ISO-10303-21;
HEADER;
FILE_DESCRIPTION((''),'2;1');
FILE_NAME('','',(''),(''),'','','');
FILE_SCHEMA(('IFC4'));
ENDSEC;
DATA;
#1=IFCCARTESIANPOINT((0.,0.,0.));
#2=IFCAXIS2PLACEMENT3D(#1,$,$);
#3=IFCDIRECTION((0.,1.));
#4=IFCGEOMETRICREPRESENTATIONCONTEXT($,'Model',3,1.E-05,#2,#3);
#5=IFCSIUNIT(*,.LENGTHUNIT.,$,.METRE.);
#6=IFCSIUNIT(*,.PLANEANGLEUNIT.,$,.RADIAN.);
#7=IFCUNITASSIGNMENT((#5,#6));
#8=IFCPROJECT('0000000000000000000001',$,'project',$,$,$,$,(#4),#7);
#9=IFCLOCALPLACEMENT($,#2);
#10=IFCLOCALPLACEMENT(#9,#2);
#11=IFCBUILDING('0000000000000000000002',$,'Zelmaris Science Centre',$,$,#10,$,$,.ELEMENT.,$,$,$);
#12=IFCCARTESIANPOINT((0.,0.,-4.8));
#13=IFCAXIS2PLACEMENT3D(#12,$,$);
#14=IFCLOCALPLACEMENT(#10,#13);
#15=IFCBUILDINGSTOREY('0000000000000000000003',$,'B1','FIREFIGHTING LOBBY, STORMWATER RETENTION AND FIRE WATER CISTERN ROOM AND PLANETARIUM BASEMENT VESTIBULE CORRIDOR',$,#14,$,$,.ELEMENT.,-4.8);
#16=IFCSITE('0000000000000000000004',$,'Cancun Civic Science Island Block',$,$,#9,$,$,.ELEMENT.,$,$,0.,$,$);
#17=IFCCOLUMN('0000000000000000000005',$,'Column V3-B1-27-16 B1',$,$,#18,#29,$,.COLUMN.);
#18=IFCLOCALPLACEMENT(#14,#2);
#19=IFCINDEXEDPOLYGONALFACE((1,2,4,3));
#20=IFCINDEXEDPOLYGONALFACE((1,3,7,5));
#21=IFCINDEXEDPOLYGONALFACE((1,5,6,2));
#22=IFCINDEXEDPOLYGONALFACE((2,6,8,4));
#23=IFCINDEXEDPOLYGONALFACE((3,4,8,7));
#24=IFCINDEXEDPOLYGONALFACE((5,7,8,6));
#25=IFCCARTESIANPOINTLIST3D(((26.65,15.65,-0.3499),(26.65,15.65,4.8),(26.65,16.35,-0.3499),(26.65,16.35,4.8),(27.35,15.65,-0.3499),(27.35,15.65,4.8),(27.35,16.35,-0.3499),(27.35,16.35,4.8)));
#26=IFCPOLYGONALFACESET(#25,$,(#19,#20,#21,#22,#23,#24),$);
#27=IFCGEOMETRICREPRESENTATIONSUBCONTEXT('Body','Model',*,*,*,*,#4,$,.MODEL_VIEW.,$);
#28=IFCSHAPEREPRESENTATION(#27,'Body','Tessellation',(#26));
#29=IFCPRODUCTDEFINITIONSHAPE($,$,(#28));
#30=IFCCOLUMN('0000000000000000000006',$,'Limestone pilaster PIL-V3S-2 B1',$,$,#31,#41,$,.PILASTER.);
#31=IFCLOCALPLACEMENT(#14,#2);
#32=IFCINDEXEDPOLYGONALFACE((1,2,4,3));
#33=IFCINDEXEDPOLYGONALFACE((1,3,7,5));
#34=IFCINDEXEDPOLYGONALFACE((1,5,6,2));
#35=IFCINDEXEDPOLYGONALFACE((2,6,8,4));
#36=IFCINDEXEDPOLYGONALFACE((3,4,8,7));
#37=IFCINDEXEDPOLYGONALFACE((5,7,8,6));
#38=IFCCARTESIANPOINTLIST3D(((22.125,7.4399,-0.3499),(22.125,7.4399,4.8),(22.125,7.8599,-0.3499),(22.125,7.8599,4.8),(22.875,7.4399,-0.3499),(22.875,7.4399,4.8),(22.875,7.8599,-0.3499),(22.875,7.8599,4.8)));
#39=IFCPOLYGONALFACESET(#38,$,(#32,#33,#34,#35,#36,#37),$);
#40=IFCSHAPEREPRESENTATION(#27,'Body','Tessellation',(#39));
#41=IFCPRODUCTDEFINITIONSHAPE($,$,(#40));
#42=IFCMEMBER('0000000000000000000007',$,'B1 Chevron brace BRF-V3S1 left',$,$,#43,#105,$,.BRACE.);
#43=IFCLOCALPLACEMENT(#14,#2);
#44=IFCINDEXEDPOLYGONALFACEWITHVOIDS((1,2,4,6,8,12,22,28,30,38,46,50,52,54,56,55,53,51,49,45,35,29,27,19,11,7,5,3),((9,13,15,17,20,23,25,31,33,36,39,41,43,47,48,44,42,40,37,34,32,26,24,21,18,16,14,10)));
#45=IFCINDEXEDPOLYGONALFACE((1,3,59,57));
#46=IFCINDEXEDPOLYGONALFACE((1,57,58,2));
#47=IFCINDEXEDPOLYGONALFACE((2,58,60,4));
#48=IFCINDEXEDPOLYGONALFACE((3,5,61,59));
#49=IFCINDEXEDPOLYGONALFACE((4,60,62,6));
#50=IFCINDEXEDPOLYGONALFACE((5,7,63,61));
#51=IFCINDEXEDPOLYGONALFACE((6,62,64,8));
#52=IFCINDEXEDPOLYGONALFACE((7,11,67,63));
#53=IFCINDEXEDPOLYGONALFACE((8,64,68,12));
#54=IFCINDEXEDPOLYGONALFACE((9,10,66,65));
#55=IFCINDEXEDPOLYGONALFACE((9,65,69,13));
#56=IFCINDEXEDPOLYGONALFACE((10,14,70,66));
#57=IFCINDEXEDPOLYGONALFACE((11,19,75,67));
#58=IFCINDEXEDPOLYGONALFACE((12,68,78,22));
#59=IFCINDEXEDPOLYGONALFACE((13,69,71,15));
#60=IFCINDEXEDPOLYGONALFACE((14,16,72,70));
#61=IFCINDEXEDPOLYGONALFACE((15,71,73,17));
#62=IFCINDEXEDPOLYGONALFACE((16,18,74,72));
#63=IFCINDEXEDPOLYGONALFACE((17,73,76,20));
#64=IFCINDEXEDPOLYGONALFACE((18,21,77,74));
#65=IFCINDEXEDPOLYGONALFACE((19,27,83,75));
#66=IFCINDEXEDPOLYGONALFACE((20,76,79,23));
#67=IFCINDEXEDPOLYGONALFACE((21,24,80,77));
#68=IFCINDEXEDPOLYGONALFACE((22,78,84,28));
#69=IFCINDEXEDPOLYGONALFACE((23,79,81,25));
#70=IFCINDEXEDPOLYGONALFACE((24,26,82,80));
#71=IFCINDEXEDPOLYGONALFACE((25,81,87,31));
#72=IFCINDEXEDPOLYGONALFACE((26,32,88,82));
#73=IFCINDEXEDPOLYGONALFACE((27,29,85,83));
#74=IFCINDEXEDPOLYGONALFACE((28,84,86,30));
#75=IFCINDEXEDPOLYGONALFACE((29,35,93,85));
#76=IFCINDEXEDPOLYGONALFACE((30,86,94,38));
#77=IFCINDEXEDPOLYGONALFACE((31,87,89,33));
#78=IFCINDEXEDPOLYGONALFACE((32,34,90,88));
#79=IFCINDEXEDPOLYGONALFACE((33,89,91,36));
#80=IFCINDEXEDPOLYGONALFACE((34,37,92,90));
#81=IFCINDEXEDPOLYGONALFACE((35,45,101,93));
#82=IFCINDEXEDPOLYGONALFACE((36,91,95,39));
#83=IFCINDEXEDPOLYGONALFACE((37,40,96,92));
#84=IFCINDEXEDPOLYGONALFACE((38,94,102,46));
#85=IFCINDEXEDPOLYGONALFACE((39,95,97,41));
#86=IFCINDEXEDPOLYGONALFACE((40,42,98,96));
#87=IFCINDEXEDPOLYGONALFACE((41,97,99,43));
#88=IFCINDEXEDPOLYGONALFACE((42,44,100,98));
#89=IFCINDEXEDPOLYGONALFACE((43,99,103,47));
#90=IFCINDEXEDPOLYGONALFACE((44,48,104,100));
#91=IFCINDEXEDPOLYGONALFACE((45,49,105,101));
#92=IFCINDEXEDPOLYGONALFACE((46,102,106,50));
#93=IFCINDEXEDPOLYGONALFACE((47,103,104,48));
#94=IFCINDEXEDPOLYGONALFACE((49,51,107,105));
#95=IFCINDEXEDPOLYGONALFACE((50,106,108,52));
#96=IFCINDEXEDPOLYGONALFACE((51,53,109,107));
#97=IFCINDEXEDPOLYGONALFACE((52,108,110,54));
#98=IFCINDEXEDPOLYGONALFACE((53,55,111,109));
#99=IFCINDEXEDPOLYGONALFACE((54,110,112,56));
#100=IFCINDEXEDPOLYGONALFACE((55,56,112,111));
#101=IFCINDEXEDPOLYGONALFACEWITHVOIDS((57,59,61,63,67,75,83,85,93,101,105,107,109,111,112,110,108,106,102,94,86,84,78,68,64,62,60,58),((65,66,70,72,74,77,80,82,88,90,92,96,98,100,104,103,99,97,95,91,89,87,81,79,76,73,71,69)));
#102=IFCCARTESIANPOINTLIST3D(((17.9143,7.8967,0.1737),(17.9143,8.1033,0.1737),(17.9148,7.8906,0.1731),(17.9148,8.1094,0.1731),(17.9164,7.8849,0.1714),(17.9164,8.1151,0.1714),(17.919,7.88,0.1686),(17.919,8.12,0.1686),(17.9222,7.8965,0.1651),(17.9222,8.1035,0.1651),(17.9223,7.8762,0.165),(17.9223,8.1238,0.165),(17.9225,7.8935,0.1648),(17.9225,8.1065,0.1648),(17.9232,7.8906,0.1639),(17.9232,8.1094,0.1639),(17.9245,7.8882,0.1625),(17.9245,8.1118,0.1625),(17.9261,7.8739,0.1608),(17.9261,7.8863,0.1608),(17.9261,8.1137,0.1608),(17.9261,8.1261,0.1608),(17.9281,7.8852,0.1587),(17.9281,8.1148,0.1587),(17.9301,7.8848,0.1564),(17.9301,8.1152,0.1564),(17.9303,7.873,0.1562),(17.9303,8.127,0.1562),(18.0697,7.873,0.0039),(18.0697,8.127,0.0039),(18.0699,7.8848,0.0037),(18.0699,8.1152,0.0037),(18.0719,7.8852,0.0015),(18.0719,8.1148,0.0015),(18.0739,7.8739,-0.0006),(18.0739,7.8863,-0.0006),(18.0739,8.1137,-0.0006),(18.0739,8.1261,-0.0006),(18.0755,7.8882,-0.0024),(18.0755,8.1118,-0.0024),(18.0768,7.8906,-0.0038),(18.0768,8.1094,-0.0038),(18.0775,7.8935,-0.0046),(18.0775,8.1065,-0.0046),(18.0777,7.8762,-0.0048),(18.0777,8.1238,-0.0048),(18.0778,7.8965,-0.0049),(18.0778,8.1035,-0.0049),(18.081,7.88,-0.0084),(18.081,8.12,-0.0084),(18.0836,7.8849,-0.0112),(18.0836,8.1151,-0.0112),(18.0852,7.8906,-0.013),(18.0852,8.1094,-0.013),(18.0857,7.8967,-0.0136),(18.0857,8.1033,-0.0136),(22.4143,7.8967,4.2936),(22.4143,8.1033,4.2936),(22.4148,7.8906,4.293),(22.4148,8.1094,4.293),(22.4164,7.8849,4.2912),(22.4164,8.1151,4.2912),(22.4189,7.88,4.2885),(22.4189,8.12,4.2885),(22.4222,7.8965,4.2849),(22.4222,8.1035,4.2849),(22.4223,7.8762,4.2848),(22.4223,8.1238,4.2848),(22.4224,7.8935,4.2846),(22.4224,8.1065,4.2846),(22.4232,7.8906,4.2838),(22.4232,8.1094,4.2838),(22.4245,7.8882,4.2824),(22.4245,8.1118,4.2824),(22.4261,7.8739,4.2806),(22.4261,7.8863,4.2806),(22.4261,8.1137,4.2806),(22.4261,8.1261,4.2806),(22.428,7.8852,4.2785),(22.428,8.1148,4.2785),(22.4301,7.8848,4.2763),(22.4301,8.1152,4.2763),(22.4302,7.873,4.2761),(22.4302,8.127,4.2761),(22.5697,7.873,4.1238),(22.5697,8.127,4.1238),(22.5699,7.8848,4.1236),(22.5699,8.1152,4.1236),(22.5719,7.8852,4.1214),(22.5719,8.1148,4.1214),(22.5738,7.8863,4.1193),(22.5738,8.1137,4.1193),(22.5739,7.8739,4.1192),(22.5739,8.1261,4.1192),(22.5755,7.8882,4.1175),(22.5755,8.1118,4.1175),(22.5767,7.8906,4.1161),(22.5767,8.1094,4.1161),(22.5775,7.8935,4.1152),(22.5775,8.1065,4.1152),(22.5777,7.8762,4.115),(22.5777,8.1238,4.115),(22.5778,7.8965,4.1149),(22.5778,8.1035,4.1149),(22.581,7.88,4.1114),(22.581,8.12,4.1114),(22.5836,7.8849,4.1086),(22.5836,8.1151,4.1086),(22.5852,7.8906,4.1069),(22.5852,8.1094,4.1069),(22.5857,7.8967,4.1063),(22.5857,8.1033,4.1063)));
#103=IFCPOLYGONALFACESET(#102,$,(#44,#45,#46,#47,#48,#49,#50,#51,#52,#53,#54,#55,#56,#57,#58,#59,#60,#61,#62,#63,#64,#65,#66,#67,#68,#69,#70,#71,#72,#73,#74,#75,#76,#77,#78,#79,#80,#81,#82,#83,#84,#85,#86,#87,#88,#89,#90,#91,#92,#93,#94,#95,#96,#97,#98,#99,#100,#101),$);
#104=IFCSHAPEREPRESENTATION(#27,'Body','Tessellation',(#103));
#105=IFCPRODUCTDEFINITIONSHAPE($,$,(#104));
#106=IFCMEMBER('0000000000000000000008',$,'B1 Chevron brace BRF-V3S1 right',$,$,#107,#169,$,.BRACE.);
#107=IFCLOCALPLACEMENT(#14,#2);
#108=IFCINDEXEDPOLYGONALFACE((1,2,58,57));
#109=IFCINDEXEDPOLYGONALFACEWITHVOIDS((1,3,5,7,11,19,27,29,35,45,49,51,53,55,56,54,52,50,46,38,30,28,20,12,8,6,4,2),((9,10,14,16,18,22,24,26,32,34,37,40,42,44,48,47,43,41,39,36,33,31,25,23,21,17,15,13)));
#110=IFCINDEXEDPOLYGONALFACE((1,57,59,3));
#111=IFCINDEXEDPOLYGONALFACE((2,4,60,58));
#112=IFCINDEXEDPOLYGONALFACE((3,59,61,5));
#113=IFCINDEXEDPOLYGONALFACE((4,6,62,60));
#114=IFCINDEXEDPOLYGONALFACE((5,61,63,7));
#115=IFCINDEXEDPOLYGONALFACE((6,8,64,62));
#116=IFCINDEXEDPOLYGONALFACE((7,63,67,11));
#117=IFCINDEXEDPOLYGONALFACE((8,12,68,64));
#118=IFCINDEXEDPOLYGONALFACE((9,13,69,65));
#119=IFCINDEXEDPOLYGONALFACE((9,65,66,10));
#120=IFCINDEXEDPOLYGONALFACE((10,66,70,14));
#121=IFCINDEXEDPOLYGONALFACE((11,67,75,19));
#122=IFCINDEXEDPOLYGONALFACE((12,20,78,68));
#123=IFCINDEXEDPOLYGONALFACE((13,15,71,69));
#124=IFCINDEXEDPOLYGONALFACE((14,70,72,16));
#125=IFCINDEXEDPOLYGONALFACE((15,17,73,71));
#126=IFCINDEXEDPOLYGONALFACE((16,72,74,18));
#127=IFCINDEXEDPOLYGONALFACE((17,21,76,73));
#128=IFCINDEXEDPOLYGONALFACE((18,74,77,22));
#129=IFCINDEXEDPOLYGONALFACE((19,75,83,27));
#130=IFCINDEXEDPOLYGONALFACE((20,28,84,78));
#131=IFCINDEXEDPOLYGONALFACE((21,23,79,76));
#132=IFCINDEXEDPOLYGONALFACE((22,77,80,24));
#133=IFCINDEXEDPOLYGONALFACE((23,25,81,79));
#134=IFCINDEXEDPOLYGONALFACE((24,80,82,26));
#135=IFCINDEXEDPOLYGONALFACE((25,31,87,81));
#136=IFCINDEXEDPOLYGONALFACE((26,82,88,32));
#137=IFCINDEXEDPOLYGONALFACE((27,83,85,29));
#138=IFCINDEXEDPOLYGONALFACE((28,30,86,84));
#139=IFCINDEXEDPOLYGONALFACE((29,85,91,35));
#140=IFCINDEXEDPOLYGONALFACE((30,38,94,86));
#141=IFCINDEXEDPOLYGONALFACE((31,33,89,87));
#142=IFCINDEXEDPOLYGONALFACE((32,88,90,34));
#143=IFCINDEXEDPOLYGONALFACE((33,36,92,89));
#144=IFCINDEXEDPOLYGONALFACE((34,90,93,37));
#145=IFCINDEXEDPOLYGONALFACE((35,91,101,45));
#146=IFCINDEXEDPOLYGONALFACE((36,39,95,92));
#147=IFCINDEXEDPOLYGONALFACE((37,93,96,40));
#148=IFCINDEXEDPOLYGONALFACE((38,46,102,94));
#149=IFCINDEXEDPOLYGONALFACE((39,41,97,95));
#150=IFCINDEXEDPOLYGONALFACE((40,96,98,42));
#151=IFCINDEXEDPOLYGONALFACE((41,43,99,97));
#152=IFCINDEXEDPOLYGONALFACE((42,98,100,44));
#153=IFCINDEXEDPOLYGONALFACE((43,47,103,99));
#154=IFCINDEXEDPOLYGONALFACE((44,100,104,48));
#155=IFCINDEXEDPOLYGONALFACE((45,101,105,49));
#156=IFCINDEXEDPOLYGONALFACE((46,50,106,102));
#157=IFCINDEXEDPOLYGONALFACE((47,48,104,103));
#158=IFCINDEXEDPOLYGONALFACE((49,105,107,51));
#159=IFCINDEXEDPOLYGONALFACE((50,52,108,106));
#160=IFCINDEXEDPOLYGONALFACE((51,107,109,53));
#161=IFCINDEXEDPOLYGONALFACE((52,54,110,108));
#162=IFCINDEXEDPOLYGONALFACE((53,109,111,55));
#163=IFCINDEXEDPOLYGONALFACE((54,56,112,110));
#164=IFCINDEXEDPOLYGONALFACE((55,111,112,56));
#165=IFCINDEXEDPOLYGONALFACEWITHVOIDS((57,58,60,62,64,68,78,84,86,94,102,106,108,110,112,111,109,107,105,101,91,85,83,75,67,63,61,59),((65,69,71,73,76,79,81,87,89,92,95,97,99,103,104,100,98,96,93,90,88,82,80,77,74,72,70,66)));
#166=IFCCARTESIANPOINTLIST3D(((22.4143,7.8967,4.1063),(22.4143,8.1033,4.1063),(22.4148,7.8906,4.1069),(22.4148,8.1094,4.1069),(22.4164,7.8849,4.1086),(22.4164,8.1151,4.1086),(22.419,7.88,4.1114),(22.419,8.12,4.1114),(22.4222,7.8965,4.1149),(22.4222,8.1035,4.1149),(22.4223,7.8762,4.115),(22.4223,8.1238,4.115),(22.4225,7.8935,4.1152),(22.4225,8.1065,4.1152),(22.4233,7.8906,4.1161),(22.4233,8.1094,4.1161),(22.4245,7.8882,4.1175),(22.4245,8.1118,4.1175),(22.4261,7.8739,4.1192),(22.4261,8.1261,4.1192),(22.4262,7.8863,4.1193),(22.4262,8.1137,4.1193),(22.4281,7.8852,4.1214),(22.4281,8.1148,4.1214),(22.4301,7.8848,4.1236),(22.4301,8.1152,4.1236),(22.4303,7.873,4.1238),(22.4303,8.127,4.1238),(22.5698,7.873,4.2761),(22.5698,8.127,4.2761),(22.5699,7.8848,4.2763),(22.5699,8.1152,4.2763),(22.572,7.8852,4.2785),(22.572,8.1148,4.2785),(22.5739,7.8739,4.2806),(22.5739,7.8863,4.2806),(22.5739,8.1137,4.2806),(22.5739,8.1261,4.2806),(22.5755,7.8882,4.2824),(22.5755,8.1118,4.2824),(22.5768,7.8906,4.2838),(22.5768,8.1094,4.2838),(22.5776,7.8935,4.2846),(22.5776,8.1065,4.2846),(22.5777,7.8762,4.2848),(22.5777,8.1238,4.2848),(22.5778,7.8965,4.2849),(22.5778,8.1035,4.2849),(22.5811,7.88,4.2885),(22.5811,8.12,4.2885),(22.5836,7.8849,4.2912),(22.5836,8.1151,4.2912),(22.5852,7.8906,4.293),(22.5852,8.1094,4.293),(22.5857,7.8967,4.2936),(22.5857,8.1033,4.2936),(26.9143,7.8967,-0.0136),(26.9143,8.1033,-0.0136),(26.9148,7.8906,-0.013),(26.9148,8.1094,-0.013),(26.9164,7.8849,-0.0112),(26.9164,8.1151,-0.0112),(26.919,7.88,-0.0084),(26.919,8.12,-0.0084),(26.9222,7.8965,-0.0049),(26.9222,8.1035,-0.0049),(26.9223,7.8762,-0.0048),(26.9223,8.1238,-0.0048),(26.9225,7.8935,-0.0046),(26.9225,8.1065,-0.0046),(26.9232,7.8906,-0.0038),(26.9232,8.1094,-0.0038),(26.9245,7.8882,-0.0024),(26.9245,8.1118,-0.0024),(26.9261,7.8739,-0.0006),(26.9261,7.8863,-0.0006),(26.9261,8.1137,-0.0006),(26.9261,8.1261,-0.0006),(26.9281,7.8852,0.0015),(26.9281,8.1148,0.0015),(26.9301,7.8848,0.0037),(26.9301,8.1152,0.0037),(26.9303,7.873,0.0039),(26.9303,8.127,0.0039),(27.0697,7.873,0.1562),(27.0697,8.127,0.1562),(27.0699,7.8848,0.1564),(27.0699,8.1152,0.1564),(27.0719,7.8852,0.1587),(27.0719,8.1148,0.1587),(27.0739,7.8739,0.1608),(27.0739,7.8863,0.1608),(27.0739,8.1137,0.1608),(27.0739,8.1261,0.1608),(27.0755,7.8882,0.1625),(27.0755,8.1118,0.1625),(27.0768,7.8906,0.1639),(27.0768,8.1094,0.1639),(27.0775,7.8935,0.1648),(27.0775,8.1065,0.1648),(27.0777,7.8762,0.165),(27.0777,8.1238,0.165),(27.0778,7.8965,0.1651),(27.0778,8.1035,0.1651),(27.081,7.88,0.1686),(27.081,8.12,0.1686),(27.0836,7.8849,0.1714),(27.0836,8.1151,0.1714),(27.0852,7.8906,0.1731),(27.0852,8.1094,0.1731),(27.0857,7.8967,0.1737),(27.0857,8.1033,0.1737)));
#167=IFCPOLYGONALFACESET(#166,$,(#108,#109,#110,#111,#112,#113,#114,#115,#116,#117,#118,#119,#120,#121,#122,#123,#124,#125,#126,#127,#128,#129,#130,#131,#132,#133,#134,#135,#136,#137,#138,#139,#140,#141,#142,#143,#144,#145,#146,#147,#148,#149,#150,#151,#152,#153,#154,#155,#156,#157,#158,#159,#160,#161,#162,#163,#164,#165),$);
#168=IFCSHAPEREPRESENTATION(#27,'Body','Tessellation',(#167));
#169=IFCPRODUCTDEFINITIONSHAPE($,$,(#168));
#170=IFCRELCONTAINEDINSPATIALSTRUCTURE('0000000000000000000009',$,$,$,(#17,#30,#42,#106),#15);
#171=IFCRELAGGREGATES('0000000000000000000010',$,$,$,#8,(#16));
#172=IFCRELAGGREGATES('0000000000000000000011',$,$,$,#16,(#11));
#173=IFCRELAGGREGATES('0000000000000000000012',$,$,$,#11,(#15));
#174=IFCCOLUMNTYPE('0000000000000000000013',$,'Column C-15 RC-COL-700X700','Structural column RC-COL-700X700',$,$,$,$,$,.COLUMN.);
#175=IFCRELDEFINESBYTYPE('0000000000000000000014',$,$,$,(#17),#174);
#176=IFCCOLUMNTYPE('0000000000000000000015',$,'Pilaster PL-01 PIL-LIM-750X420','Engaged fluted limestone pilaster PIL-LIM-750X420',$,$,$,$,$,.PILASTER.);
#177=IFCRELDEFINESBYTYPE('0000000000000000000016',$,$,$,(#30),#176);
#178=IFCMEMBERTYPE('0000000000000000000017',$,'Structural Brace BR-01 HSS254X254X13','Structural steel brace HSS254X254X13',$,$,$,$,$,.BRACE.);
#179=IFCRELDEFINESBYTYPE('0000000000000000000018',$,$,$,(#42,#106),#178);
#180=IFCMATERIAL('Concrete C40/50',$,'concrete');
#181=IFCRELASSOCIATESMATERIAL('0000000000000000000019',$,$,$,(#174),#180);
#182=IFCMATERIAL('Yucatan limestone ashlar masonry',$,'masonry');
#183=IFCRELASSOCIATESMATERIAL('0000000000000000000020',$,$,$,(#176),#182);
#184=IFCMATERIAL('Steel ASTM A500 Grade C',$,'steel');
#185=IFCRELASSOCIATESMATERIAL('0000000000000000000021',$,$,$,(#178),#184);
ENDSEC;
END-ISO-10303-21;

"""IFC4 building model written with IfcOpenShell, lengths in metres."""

from ifc_helpers import new_model, si_unit, direction, frame, origin, origin_2d, place, context, subcontext, project, spatial, rectangle, hollow_rectangle, extrude, material, material_profile, profile_set, type_object, element, save


model = new_model("IFC4")

# Units and contexts
model_context = context("Model", 3, precision=1e-05, world=origin(), true_north=direction((0.0, 1.0)))
body_context = subcontext(model_context, "Body", "Model", "MODEL_VIEW")
ifc_project = project(units=[si_unit("LENGTHUNIT", "METRE"), si_unit("PLANEANGLEUNIT", "RADIAN")], contexts=[model_context])

# Site, building, storey
site_placement = place(None, origin())
site = spatial("IfcSite", under=ifc_project, at=site_placement, Name="Cancun Civic Science Island Block", CompositionType="ELEMENT", RefElevation=0.0)
building_placement = place(site_placement, origin())
building = spatial("IfcBuilding", under=site, at=building_placement, Name="Zelmaris Science Centre", CompositionType="ELEMENT")
storey_placement = place(building_placement, frame((0.0, 0.0, -4.8)))
storey = spatial("IfcBuildingStorey", under=building, at=storey_placement, Name="B1", Description="FIREFIGHTING LOBBY, STORMWATER RETENTION AND FIRE WATER CISTERN ROOM AND PLANETARIUM BASEMENT VESTIBULE CORRIDOR", CompositionType="ELEMENT", Elevation=-4.8)

# Shared definitions
ifc_material_1 = material(Name="Concrete C40/50", Category="concrete")

# Columns
ifc_material_profile_1 = material_profile(ifc_material_1, rectangle(XDim=0.7, YDim=0.7, at=origin_2d()), Name="RC-COL-700X700")
ifc_profile_set_1 = profile_set([ifc_material_profile_1], Name="Concrete C40/50")
column_type_1 = type_object("IfcColumnType", Name="Column C-15 RC-COL-700X700", Description="Structural column RC-COL-700X700", PredefinedType="COLUMN", material=ifc_profile_set_1)
column_1_placement = place(storey_placement, frame((27.0, 16.0, -0.3499), z_axis=(0.0, 0.0, 1.0), x_axis=(1.0, 0.0, 0.0)))
element("IfcColumn", 1, at=column_1_placement, inside=storey, type_object=column_type_1, Name="Column V3-B1-27-16 B1", PredefinedType="COLUMN", context=body_context, shape_type="SweptSolid", body=[
    extrude(rectangle(XDim=0.7, YDim=0.7, at=origin_2d()), origin(), (0.0, 0.0, 1.0), 5.1499),
])
ifc_material_2 = material(Name="Yucatan limestone ashlar masonry", Category="masonry")
ifc_material_profile_2 = material_profile(ifc_material_2, rectangle(XDim=0.75, YDim=0.4199, at=origin_2d()), Name="PIL-LIM-750X420")
ifc_profile_set_2 = profile_set([ifc_material_profile_2], Name="Yucatan limestone ashlar masonry")
column_type_2 = type_object("IfcColumnType", Name="Pilaster PL-01 PIL-LIM-750X420", Description="Engaged fluted limestone pilaster PIL-LIM-750X420", PredefinedType="PILASTER", material=ifc_profile_set_2)
column_2_placement = place(storey_placement, frame((22.5, 7.6499, -0.3499), z_axis=(0.0, 0.0, 1.0), x_axis=(1.0, 0.0, 0.0)))
element("IfcColumn", 2, at=column_2_placement, inside=storey, type_object=column_type_2, Name="Limestone pilaster PIL-V3S-2 B1", PredefinedType="PILASTER", context=body_context, shape_type="SweptSolid", body=[
    extrude(rectangle(XDim=0.75, YDim=0.4199, at=origin_2d()), origin(), (0.0, 0.0, 1.0), 5.1499),
])

# Members
ifc_material_3 = material(Name="Steel ASTM A500 Grade C", Category="steel")
ifc_material_profile_3 = material_profile(ifc_material_3, hollow_rectangle(XDim=0.2539, YDim=0.2539, WallThickness=0.0117, InnerFilletRadius=0.0117, OuterFilletRadius=0.0237, at=origin_2d()), Name="HSS254X254X13")
ifc_profile_set_3 = profile_set([ifc_material_profile_3], Name="Steel ASTM A500 Grade C")
member_type = type_object("IfcMemberType", Name="Structural Brace BR-01 HSS254X254X13", Description="Structural steel brace HSS254X254X13", PredefinedType="BRACE", material=ifc_profile_set_3)
for number, where, z_axis, x_axis, name in (
    (3, (18.0, 8.0, 0.0801), (0.737573, 0.0, 0.675268), (0.0, 1.0, 0.0), "B1 Chevron brace BRF-V3S1 left"),
    (4, (27.0, 8.0, 0.0801), (-0.737573, 0.0, 0.675268), (0.0, -1.0, 0.0), "B1 Chevron brace BRF-V3S1 right"),
):
    element("IfcMember", number, at=place(storey_placement, frame(where, z_axis=z_axis, x_axis=x_axis)), inside=storey, type_object=member_type, Name=name, PredefinedType="BRACE", context=body_context, shape_type="SweptSolid", body=[
        extrude(hollow_rectangle(XDim=0.2539, YDim=0.2539, WallThickness=0.0117, InnerFilletRadius=0.0117, OuterFilletRadius=0.0237, at=origin_2d()), origin(), (0.0, 0.0, 1.0), 6.1011),
    ])

save(model, "model.ifc")
